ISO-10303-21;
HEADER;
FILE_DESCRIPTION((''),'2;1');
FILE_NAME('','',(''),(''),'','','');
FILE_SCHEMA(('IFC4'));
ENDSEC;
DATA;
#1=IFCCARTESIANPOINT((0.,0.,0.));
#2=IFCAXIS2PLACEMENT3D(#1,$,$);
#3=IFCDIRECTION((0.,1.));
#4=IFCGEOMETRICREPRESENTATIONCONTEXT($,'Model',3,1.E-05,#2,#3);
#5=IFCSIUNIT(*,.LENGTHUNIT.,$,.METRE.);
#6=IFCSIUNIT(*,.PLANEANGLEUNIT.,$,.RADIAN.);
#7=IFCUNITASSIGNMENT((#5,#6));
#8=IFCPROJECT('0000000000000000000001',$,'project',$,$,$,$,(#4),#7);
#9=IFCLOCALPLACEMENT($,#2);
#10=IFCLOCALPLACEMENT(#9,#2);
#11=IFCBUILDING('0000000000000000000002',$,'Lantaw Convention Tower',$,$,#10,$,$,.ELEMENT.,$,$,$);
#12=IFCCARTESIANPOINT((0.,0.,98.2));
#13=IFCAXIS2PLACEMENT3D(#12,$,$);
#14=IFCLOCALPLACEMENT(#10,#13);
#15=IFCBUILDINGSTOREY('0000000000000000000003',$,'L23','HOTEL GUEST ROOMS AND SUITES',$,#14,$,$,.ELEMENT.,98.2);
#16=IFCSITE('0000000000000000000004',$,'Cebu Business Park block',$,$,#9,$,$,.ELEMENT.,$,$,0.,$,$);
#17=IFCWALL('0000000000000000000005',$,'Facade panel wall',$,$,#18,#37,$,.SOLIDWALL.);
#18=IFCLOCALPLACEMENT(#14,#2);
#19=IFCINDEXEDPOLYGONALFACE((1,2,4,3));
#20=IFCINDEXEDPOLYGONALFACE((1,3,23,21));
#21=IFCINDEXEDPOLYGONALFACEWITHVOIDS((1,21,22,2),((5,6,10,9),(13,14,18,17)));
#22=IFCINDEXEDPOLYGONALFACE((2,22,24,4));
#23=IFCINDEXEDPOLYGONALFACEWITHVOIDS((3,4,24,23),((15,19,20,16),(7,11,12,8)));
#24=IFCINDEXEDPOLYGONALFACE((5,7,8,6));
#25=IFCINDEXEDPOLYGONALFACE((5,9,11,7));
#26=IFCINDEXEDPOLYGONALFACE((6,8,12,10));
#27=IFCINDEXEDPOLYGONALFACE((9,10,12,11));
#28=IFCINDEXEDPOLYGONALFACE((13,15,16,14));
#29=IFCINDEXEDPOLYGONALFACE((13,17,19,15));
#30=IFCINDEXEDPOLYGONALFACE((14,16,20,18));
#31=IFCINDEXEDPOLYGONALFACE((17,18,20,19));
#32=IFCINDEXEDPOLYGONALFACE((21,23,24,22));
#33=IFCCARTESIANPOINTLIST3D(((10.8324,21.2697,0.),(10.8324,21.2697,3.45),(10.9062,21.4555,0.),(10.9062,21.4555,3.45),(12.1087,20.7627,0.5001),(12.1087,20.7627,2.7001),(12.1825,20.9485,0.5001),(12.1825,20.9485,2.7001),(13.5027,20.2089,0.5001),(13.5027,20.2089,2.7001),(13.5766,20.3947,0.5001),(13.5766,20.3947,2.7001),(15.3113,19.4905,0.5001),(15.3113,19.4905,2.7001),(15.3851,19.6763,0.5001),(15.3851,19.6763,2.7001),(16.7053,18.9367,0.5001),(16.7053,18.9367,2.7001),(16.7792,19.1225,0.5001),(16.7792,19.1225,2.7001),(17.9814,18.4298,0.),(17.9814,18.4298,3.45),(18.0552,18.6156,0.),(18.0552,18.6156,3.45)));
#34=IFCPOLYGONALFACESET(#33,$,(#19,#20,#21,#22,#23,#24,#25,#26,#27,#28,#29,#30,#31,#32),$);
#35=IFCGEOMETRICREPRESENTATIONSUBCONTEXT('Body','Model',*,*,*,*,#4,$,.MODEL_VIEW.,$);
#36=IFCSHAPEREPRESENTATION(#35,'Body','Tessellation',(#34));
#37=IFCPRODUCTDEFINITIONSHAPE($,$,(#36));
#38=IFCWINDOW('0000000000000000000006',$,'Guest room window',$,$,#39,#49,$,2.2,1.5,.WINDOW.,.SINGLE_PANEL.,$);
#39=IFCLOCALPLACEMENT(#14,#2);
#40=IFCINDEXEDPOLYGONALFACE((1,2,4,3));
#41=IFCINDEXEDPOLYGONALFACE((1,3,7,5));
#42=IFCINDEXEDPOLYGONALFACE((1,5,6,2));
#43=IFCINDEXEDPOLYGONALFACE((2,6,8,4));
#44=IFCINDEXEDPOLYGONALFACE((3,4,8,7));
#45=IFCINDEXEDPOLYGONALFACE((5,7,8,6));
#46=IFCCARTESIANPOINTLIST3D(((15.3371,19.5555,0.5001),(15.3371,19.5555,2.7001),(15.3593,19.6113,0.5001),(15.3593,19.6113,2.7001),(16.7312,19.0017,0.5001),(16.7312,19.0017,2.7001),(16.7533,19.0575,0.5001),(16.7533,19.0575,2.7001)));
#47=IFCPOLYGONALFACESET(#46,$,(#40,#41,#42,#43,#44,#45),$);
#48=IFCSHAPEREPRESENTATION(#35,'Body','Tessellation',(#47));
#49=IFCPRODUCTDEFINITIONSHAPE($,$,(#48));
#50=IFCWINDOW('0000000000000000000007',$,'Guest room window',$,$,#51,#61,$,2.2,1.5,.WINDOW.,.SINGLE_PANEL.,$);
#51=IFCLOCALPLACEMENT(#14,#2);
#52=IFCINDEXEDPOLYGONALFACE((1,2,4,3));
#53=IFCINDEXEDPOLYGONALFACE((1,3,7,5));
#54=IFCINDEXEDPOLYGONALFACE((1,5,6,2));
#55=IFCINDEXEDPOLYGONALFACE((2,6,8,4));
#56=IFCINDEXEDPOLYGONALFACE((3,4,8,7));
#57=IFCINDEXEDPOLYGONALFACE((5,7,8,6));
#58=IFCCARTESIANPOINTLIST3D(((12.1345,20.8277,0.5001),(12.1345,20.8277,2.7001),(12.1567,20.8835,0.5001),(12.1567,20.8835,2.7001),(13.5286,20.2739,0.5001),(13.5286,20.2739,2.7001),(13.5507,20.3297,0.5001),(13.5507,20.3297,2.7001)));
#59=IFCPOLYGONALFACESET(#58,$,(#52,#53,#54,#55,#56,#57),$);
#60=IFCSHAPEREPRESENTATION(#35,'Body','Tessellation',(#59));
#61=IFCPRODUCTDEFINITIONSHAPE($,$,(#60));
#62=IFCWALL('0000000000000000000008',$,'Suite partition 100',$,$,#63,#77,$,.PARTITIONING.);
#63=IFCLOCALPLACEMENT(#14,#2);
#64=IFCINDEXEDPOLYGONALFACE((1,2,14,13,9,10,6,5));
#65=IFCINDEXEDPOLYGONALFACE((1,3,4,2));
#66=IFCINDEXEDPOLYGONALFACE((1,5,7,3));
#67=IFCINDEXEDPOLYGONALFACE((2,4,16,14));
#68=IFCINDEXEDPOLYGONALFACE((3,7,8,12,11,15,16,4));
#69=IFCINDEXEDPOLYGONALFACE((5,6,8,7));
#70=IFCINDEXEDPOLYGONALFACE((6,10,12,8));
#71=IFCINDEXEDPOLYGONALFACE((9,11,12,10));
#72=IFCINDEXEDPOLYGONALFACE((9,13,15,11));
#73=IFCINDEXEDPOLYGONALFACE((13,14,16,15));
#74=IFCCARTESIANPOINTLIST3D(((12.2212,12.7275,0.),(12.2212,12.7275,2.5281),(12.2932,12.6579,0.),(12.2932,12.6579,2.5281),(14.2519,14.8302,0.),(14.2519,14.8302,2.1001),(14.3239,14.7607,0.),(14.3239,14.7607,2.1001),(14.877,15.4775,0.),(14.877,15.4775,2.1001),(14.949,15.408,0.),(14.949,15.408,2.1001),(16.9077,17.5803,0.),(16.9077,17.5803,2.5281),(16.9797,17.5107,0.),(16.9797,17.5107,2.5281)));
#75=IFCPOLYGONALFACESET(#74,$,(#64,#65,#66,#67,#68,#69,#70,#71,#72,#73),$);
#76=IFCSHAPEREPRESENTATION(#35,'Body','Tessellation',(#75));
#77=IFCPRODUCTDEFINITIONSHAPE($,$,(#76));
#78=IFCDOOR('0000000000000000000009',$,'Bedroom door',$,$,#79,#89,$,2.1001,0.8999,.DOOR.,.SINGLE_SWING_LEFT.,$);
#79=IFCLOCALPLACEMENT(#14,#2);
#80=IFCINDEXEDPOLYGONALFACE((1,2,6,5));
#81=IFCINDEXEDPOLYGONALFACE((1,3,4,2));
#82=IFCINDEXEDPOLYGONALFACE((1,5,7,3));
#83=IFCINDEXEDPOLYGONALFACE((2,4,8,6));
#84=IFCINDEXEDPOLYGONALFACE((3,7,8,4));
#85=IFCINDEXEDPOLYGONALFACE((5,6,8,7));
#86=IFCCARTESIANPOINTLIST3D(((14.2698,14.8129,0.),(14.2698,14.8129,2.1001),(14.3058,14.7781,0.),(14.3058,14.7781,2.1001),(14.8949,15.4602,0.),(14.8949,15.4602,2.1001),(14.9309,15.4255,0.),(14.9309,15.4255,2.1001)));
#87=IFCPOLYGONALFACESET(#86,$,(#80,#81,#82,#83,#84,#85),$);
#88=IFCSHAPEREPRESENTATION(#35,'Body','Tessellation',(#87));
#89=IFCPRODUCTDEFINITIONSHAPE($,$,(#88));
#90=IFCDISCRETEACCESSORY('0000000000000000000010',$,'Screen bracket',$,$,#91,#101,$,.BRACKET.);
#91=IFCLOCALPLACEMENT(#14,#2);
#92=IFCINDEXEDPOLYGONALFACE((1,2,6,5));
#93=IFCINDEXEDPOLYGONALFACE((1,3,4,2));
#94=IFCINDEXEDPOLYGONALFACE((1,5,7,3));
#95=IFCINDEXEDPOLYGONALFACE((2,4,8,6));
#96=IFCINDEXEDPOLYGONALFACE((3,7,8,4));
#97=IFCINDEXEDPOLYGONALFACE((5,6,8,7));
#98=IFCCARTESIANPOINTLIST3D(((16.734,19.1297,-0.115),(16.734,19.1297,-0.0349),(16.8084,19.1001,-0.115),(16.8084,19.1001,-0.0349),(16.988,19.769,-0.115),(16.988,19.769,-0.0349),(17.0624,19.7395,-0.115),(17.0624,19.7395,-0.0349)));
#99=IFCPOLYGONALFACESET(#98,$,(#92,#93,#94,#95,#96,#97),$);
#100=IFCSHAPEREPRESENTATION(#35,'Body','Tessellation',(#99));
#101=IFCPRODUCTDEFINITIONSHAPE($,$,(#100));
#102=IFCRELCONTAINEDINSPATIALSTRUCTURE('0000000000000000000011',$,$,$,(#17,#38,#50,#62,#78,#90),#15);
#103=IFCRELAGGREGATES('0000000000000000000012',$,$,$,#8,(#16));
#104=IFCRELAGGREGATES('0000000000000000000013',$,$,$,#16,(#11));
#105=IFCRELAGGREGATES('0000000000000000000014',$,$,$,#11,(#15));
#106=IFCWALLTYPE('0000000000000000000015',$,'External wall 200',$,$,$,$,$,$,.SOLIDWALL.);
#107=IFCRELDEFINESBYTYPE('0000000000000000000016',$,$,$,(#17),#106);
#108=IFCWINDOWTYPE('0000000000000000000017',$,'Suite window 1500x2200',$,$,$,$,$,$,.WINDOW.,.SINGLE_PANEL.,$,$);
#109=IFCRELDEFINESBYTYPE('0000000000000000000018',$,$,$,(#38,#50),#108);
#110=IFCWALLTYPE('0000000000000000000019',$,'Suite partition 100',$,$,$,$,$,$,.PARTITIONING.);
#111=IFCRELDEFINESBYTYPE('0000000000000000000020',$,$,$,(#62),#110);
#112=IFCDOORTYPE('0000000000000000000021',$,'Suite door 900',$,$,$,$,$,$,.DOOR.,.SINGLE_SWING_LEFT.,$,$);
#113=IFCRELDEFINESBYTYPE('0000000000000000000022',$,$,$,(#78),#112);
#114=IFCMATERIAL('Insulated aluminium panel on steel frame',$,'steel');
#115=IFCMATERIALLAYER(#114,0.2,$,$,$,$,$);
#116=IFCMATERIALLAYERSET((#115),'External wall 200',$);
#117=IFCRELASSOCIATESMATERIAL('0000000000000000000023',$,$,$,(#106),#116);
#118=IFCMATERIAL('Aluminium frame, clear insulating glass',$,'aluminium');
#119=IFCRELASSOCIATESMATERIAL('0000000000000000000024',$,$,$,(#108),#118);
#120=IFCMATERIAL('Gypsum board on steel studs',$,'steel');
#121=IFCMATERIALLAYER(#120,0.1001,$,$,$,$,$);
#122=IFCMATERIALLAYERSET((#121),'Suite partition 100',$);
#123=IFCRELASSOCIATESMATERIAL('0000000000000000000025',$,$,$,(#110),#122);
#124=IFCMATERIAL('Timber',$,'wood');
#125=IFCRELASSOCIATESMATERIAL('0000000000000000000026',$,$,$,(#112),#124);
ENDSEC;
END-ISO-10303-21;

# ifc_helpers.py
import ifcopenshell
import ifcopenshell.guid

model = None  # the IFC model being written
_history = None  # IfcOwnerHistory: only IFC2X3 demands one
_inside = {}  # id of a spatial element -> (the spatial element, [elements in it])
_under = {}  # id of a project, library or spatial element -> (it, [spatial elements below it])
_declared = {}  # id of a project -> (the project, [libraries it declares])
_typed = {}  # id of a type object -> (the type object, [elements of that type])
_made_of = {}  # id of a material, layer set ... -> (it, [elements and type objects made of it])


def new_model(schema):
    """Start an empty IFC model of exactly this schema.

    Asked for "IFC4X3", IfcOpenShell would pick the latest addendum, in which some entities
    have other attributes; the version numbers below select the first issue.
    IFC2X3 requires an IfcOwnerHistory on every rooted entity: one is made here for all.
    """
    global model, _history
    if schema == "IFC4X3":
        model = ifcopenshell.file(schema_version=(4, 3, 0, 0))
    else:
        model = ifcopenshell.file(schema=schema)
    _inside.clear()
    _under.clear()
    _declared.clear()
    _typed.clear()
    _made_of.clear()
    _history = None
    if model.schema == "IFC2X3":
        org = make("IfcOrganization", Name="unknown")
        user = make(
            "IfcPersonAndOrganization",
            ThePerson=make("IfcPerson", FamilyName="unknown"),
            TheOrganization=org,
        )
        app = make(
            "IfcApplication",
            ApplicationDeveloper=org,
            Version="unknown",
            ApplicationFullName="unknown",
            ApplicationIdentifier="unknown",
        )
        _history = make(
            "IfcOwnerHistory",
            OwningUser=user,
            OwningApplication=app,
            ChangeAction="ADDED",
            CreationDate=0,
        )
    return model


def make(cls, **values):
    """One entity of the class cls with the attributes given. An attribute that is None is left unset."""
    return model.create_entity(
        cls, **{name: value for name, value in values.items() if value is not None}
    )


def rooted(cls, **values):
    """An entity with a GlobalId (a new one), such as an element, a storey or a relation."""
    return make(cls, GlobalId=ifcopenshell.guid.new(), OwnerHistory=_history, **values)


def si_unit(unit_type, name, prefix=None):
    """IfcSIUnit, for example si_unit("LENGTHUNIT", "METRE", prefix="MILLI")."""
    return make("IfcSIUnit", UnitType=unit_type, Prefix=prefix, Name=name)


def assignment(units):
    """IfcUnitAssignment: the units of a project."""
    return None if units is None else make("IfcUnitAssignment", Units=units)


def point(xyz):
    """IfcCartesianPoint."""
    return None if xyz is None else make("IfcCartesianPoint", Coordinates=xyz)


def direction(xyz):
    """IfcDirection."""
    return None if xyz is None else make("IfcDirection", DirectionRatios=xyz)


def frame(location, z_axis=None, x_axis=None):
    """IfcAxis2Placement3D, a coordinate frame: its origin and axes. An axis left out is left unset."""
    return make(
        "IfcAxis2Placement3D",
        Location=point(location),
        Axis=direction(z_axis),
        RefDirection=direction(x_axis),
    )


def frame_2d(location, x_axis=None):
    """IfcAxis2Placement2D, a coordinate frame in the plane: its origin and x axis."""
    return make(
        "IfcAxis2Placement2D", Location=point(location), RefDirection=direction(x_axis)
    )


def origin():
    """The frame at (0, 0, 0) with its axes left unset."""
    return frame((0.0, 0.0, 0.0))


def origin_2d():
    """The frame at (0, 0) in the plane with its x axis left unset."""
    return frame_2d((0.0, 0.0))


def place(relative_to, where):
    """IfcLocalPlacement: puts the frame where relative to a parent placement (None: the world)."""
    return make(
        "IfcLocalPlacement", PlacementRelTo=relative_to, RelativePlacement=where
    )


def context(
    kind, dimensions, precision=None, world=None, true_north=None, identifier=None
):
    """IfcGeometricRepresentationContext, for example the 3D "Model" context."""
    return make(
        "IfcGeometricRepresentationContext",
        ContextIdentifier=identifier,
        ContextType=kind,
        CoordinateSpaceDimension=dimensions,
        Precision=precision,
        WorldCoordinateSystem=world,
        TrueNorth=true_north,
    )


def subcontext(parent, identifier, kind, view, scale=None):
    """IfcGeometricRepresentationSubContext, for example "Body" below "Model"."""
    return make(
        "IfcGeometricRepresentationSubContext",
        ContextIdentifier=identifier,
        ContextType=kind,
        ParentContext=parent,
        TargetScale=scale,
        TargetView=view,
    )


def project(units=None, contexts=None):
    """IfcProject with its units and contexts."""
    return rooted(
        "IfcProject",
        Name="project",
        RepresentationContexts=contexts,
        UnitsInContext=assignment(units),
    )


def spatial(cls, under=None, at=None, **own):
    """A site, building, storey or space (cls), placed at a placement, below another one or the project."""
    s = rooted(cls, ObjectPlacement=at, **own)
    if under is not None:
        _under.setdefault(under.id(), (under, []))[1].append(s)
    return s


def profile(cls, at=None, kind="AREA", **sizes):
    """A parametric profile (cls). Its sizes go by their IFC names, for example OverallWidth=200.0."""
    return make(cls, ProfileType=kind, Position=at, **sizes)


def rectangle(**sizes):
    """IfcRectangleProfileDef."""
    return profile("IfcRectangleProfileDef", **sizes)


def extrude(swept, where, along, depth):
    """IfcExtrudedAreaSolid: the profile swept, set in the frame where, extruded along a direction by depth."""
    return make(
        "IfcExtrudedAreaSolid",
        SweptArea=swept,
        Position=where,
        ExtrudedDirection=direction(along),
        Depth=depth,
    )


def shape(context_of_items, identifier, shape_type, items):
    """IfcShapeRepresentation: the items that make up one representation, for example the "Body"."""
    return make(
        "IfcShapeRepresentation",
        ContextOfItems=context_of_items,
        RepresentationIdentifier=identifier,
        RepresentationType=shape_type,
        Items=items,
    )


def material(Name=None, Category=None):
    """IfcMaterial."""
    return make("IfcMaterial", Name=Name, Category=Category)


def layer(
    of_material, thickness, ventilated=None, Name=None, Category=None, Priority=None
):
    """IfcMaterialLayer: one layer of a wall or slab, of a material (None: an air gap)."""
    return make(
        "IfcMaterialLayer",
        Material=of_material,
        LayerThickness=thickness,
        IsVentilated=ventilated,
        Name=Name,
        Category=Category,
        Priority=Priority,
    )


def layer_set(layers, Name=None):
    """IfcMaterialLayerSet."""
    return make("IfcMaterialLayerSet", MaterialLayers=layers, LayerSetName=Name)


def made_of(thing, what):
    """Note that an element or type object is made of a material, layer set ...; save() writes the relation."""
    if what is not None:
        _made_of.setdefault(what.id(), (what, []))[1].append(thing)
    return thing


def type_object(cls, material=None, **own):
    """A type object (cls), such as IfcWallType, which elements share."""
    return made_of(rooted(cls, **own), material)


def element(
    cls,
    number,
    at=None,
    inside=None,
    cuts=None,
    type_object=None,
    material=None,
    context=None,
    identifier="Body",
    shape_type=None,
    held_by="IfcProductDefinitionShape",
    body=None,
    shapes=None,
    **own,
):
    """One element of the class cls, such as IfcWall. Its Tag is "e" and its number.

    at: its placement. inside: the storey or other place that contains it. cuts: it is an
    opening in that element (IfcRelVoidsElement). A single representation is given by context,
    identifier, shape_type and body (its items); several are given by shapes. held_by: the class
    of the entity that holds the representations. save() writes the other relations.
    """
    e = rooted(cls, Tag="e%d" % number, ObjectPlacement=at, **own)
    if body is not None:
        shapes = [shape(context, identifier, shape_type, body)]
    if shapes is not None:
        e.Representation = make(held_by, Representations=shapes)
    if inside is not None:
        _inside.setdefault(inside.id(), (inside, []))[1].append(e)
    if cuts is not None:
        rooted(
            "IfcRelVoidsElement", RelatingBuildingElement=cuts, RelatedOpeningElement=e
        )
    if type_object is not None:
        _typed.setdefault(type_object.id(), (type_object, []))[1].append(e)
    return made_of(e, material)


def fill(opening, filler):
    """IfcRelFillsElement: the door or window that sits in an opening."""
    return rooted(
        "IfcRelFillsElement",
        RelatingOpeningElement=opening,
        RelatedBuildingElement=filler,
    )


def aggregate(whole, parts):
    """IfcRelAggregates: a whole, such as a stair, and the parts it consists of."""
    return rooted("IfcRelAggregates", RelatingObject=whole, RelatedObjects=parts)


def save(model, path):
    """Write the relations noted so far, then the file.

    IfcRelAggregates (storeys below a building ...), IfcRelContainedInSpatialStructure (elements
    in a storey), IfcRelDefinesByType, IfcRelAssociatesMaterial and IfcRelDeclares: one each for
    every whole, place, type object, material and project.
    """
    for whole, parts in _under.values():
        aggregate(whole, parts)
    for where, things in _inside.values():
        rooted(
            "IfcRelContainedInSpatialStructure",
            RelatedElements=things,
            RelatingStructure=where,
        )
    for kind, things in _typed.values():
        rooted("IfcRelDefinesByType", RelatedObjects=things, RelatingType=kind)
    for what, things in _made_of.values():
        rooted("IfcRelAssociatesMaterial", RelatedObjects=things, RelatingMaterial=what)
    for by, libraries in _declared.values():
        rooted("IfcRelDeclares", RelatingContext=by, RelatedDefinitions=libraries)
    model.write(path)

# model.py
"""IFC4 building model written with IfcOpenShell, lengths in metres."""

from ifc_helpers import new_model, si_unit, direction, frame, frame_2d, origin, origin_2d, place, context, subcontext, project, spatial, rectangle, extrude, material, layer, layer_set, type_object, element, fill, save


model = new_model("IFC4")

# Units and contexts
model_context = context("Model", 3, precision=1e-05, world=origin(), true_north=direction((0.0, 1.0)))
body_context = subcontext(model_context, "Body", "Model", "MODEL_VIEW")
ifc_project = project(units=[si_unit("LENGTHUNIT", "METRE"), si_unit("PLANEANGLEUNIT", "RADIAN")], contexts=[model_context])

# Site, building, storey
site_placement = place(None, origin())
site = spatial("IfcSite", under=ifc_project, at=site_placement, Name="Cebu Business Park block", CompositionType="ELEMENT", RefElevation=0.0)
building_placement = place(site_placement, origin())
building = spatial("IfcBuilding", under=site, at=building_placement, Name="Lantaw Convention Tower", CompositionType="ELEMENT")
storey_placement = place(building_placement, frame((0.0, 0.0, 98.2)))
storey = spatial("IfcBuildingStorey", under=building, at=storey_placement, Name="L23", Description="HOTEL GUEST ROOMS AND SUITES", CompositionType="ELEMENT", Elevation=98.2)

# Shared definitions
ifc_material_1 = material(Name="Timber", Category="wood")

# Wall, openings, windows
ifc_material_2 = material(Name="Insulated aluminium panel on steel frame", Category="steel")
ifc_layer_1 = layer(ifc_material_2, 0.2)
ifc_layer_set_1 = layer_set([ifc_layer_1], Name="External wall 200")
wall_type_1 = type_object("IfcWallType", Name="External wall 200", PredefinedType="SOLIDWALL", material=ifc_layer_set_1)
wall_1_placement = place(storey_placement, frame((18.0183, 18.5227, 0.0), z_axis=(0.0, 0.0, 1.0), x_axis=(-0.929358, 0.369179, 0.0)))
wall_1 = element("IfcWall", 1, at=wall_1_placement, inside=storey, type_object=wall_type_1, Name="Facade panel wall", PredefinedType="SOLIDWALL", context=body_context, shape_type="SweptSolid", body=[
    extrude(rectangle(XDim=7.6924, YDim=0.2, at=frame_2d((3.8462, 0.0))), origin(), (0.0, 0.0, 1.0), 3.45),
])
opening_1_placement = place(wall_1_placement, frame((1.373, 0.0, 0.5)))
opening_1 = element("IfcOpeningElement", 2, at=opening_1_placement, cuts=wall_1, PredefinedType="OPENING", context=body_context, shape_type="SweptSolid", body=[
    extrude(rectangle(XDim=1.5, YDim=2.2, at=frame_2d((0.75, 1.1001))), frame((0.0, 0.1099, 0.0), z_axis=(0.0, -1.0, 0.0), x_axis=(1.0, 0.0, 0.0)), (0.0, 0.0, 1.0), 0.22),
])
opening_2_placement = place(wall_1_placement, frame((4.8191, 0.0, 0.5)))
opening_2 = element("IfcOpeningElement", 3, at=opening_2_placement, cuts=wall_1, PredefinedType="OPENING", context=body_context, shape_type="SweptSolid", body=[
    extrude(rectangle(XDim=1.5, YDim=2.2, at=frame_2d((0.75, 1.1001))), frame((0.0, 0.1099, 0.0), z_axis=(0.0, -1.0, 0.0), x_axis=(1.0, 0.0, 0.0)), (0.0, 0.0, 1.0), 0.22),
])
ifc_material_3 = material(Name="Aluminium frame, clear insulating glass", Category="aluminium")
window_type = type_object("IfcWindowType", Name="Suite window 1500x2200", PartitioningType="SINGLE_PANEL", PredefinedType="WINDOW", material=ifc_material_3)
window_1_placement = place(opening_1_placement, origin())
window_1 = element("IfcWindow", 4, at=window_1_placement, inside=storey, type_object=window_type, Name="Guest room window", OverallHeight=2.2, OverallWidth=1.5, PartitioningType="SINGLE_PANEL", PredefinedType="WINDOW", context=body_context, shape_type="SweptSolid", body=[
    extrude(rectangle(XDim=1.5, YDim=2.2, at=frame_2d((0.75, 1.1001))), frame((0.0, 0.03, 0.0), z_axis=(0.0, -1.0, 0.0), x_axis=(1.0, 0.0, 0.0)), (0.0, 0.0, 1.0), 0.0601),
])
fill(opening_1, window_1)
window_2_placement = place(opening_2_placement, origin())
window_2 = element("IfcWindow", 5, at=window_2_placement, inside=storey, type_object=window_type, Name="Guest room window", OverallHeight=2.2, OverallWidth=1.5, PartitioningType="SINGLE_PANEL", PredefinedType="WINDOW", context=body_context, shape_type="SweptSolid", body=[
    extrude(rectangle(XDim=1.5, YDim=2.2, at=frame_2d((0.75, 1.1001))), frame((0.0, 0.03, 0.0), z_axis=(0.0, -1.0, 0.0), x_axis=(1.0, 0.0, 0.0)), (0.0, 0.0, 1.0), 0.0601),
])
fill(opening_2, window_2)

# Wall, opening, door
ifc_material_4 = material(Name="Gypsum board on steel studs", Category="steel")
ifc_layer_2 = layer(ifc_material_4, 0.1001)
ifc_layer_set_2 = layer_set([ifc_layer_2], Name="Suite partition 100")
wall_type_2 = type_object("IfcWallType", Name="Suite partition 100", PredefinedType="PARTITIONING", material=ifc_layer_set_2)
wall_2_placement = place(storey_placement, frame((16.9436, 17.5454, 0.0), z_axis=(0.0, 0.0, 1.0), x_axis=(-0.694677, -0.719322, 0.0)))
wall_2 = element("IfcWall", 6, at=wall_2_placement, inside=storey, type_object=wall_type_2, Name="Suite partition 100", PredefinedType="PARTITIONING", context=body_context, shape_type="SweptSolid", body=[
    extrude(rectangle(XDim=6.7463, YDim=0.1001, at=frame_2d((3.373, 0.0))), origin(), (0.0, 0.0, 1.0), 2.5281),
])
opening_3_placement = place(wall_2_placement, frame((2.9231, 0.0, 0.0)))
opening_3 = element("IfcOpeningElement", 7, at=opening_3_placement, cuts=wall_2, PredefinedType="OPENING", context=body_context, shape_type="SweptSolid", body=[
    extrude(rectangle(XDim=0.8999, YDim=2.1001, at=frame_2d((0.45, 1.05))), frame((0.0, 0.0601, 0.0), z_axis=(0.0, -1.0, 0.0), x_axis=(1.0, 0.0, 0.0)), (0.0, 0.0, 1.0), 0.1201),
])
door_type_1 = type_object("IfcDoorType", Name="Suite door 900", OperationType="SINGLE_SWING_LEFT", PredefinedType="DOOR", material=ifc_material_1)
door_1_placement = place(opening_3_placement, origin())
door_1 = element("IfcDoor", 8, at=door_1_placement, inside=storey, type_object=door_type_1, Name="Bedroom door", OperationType="SINGLE_SWING_LEFT", OverallHeight=2.1001, OverallWidth=0.8999, PredefinedType="DOOR", context=body_context, shape_type="SweptSolid", body=[
    extrude(rectangle(XDim=0.8999, YDim=2.1001, at=frame_2d((0.45, 1.05))), frame((0.0, 0.0249, 0.0), z_axis=(0.0, -1.0, 0.0), x_axis=(1.0, 0.0, 0.0)), (0.0, 0.0, 1.0), 0.05),
])
fill(opening_3, door_1)

# Discrete accessory
discrete_accessory_placement = place(storey_placement, frame((16.8982, 19.4346, -0.115), z_axis=(0.0, 0.0, 1.0), x_axis=(-0.929361, 0.369172, 0.0)))
element("IfcDiscreteAccessory", 9, at=discrete_accessory_placement, inside=storey, Name="Screen bracket", PredefinedType="BRACKET", context=body_context, shape_type="SweptSolid", body=[
    extrude(rectangle(XDim=0.0801, YDim=0.688, at=origin_2d()), origin(), (0.0, 0.0, 1.0), 0.0801),
])

save(model, "model.ifc")
